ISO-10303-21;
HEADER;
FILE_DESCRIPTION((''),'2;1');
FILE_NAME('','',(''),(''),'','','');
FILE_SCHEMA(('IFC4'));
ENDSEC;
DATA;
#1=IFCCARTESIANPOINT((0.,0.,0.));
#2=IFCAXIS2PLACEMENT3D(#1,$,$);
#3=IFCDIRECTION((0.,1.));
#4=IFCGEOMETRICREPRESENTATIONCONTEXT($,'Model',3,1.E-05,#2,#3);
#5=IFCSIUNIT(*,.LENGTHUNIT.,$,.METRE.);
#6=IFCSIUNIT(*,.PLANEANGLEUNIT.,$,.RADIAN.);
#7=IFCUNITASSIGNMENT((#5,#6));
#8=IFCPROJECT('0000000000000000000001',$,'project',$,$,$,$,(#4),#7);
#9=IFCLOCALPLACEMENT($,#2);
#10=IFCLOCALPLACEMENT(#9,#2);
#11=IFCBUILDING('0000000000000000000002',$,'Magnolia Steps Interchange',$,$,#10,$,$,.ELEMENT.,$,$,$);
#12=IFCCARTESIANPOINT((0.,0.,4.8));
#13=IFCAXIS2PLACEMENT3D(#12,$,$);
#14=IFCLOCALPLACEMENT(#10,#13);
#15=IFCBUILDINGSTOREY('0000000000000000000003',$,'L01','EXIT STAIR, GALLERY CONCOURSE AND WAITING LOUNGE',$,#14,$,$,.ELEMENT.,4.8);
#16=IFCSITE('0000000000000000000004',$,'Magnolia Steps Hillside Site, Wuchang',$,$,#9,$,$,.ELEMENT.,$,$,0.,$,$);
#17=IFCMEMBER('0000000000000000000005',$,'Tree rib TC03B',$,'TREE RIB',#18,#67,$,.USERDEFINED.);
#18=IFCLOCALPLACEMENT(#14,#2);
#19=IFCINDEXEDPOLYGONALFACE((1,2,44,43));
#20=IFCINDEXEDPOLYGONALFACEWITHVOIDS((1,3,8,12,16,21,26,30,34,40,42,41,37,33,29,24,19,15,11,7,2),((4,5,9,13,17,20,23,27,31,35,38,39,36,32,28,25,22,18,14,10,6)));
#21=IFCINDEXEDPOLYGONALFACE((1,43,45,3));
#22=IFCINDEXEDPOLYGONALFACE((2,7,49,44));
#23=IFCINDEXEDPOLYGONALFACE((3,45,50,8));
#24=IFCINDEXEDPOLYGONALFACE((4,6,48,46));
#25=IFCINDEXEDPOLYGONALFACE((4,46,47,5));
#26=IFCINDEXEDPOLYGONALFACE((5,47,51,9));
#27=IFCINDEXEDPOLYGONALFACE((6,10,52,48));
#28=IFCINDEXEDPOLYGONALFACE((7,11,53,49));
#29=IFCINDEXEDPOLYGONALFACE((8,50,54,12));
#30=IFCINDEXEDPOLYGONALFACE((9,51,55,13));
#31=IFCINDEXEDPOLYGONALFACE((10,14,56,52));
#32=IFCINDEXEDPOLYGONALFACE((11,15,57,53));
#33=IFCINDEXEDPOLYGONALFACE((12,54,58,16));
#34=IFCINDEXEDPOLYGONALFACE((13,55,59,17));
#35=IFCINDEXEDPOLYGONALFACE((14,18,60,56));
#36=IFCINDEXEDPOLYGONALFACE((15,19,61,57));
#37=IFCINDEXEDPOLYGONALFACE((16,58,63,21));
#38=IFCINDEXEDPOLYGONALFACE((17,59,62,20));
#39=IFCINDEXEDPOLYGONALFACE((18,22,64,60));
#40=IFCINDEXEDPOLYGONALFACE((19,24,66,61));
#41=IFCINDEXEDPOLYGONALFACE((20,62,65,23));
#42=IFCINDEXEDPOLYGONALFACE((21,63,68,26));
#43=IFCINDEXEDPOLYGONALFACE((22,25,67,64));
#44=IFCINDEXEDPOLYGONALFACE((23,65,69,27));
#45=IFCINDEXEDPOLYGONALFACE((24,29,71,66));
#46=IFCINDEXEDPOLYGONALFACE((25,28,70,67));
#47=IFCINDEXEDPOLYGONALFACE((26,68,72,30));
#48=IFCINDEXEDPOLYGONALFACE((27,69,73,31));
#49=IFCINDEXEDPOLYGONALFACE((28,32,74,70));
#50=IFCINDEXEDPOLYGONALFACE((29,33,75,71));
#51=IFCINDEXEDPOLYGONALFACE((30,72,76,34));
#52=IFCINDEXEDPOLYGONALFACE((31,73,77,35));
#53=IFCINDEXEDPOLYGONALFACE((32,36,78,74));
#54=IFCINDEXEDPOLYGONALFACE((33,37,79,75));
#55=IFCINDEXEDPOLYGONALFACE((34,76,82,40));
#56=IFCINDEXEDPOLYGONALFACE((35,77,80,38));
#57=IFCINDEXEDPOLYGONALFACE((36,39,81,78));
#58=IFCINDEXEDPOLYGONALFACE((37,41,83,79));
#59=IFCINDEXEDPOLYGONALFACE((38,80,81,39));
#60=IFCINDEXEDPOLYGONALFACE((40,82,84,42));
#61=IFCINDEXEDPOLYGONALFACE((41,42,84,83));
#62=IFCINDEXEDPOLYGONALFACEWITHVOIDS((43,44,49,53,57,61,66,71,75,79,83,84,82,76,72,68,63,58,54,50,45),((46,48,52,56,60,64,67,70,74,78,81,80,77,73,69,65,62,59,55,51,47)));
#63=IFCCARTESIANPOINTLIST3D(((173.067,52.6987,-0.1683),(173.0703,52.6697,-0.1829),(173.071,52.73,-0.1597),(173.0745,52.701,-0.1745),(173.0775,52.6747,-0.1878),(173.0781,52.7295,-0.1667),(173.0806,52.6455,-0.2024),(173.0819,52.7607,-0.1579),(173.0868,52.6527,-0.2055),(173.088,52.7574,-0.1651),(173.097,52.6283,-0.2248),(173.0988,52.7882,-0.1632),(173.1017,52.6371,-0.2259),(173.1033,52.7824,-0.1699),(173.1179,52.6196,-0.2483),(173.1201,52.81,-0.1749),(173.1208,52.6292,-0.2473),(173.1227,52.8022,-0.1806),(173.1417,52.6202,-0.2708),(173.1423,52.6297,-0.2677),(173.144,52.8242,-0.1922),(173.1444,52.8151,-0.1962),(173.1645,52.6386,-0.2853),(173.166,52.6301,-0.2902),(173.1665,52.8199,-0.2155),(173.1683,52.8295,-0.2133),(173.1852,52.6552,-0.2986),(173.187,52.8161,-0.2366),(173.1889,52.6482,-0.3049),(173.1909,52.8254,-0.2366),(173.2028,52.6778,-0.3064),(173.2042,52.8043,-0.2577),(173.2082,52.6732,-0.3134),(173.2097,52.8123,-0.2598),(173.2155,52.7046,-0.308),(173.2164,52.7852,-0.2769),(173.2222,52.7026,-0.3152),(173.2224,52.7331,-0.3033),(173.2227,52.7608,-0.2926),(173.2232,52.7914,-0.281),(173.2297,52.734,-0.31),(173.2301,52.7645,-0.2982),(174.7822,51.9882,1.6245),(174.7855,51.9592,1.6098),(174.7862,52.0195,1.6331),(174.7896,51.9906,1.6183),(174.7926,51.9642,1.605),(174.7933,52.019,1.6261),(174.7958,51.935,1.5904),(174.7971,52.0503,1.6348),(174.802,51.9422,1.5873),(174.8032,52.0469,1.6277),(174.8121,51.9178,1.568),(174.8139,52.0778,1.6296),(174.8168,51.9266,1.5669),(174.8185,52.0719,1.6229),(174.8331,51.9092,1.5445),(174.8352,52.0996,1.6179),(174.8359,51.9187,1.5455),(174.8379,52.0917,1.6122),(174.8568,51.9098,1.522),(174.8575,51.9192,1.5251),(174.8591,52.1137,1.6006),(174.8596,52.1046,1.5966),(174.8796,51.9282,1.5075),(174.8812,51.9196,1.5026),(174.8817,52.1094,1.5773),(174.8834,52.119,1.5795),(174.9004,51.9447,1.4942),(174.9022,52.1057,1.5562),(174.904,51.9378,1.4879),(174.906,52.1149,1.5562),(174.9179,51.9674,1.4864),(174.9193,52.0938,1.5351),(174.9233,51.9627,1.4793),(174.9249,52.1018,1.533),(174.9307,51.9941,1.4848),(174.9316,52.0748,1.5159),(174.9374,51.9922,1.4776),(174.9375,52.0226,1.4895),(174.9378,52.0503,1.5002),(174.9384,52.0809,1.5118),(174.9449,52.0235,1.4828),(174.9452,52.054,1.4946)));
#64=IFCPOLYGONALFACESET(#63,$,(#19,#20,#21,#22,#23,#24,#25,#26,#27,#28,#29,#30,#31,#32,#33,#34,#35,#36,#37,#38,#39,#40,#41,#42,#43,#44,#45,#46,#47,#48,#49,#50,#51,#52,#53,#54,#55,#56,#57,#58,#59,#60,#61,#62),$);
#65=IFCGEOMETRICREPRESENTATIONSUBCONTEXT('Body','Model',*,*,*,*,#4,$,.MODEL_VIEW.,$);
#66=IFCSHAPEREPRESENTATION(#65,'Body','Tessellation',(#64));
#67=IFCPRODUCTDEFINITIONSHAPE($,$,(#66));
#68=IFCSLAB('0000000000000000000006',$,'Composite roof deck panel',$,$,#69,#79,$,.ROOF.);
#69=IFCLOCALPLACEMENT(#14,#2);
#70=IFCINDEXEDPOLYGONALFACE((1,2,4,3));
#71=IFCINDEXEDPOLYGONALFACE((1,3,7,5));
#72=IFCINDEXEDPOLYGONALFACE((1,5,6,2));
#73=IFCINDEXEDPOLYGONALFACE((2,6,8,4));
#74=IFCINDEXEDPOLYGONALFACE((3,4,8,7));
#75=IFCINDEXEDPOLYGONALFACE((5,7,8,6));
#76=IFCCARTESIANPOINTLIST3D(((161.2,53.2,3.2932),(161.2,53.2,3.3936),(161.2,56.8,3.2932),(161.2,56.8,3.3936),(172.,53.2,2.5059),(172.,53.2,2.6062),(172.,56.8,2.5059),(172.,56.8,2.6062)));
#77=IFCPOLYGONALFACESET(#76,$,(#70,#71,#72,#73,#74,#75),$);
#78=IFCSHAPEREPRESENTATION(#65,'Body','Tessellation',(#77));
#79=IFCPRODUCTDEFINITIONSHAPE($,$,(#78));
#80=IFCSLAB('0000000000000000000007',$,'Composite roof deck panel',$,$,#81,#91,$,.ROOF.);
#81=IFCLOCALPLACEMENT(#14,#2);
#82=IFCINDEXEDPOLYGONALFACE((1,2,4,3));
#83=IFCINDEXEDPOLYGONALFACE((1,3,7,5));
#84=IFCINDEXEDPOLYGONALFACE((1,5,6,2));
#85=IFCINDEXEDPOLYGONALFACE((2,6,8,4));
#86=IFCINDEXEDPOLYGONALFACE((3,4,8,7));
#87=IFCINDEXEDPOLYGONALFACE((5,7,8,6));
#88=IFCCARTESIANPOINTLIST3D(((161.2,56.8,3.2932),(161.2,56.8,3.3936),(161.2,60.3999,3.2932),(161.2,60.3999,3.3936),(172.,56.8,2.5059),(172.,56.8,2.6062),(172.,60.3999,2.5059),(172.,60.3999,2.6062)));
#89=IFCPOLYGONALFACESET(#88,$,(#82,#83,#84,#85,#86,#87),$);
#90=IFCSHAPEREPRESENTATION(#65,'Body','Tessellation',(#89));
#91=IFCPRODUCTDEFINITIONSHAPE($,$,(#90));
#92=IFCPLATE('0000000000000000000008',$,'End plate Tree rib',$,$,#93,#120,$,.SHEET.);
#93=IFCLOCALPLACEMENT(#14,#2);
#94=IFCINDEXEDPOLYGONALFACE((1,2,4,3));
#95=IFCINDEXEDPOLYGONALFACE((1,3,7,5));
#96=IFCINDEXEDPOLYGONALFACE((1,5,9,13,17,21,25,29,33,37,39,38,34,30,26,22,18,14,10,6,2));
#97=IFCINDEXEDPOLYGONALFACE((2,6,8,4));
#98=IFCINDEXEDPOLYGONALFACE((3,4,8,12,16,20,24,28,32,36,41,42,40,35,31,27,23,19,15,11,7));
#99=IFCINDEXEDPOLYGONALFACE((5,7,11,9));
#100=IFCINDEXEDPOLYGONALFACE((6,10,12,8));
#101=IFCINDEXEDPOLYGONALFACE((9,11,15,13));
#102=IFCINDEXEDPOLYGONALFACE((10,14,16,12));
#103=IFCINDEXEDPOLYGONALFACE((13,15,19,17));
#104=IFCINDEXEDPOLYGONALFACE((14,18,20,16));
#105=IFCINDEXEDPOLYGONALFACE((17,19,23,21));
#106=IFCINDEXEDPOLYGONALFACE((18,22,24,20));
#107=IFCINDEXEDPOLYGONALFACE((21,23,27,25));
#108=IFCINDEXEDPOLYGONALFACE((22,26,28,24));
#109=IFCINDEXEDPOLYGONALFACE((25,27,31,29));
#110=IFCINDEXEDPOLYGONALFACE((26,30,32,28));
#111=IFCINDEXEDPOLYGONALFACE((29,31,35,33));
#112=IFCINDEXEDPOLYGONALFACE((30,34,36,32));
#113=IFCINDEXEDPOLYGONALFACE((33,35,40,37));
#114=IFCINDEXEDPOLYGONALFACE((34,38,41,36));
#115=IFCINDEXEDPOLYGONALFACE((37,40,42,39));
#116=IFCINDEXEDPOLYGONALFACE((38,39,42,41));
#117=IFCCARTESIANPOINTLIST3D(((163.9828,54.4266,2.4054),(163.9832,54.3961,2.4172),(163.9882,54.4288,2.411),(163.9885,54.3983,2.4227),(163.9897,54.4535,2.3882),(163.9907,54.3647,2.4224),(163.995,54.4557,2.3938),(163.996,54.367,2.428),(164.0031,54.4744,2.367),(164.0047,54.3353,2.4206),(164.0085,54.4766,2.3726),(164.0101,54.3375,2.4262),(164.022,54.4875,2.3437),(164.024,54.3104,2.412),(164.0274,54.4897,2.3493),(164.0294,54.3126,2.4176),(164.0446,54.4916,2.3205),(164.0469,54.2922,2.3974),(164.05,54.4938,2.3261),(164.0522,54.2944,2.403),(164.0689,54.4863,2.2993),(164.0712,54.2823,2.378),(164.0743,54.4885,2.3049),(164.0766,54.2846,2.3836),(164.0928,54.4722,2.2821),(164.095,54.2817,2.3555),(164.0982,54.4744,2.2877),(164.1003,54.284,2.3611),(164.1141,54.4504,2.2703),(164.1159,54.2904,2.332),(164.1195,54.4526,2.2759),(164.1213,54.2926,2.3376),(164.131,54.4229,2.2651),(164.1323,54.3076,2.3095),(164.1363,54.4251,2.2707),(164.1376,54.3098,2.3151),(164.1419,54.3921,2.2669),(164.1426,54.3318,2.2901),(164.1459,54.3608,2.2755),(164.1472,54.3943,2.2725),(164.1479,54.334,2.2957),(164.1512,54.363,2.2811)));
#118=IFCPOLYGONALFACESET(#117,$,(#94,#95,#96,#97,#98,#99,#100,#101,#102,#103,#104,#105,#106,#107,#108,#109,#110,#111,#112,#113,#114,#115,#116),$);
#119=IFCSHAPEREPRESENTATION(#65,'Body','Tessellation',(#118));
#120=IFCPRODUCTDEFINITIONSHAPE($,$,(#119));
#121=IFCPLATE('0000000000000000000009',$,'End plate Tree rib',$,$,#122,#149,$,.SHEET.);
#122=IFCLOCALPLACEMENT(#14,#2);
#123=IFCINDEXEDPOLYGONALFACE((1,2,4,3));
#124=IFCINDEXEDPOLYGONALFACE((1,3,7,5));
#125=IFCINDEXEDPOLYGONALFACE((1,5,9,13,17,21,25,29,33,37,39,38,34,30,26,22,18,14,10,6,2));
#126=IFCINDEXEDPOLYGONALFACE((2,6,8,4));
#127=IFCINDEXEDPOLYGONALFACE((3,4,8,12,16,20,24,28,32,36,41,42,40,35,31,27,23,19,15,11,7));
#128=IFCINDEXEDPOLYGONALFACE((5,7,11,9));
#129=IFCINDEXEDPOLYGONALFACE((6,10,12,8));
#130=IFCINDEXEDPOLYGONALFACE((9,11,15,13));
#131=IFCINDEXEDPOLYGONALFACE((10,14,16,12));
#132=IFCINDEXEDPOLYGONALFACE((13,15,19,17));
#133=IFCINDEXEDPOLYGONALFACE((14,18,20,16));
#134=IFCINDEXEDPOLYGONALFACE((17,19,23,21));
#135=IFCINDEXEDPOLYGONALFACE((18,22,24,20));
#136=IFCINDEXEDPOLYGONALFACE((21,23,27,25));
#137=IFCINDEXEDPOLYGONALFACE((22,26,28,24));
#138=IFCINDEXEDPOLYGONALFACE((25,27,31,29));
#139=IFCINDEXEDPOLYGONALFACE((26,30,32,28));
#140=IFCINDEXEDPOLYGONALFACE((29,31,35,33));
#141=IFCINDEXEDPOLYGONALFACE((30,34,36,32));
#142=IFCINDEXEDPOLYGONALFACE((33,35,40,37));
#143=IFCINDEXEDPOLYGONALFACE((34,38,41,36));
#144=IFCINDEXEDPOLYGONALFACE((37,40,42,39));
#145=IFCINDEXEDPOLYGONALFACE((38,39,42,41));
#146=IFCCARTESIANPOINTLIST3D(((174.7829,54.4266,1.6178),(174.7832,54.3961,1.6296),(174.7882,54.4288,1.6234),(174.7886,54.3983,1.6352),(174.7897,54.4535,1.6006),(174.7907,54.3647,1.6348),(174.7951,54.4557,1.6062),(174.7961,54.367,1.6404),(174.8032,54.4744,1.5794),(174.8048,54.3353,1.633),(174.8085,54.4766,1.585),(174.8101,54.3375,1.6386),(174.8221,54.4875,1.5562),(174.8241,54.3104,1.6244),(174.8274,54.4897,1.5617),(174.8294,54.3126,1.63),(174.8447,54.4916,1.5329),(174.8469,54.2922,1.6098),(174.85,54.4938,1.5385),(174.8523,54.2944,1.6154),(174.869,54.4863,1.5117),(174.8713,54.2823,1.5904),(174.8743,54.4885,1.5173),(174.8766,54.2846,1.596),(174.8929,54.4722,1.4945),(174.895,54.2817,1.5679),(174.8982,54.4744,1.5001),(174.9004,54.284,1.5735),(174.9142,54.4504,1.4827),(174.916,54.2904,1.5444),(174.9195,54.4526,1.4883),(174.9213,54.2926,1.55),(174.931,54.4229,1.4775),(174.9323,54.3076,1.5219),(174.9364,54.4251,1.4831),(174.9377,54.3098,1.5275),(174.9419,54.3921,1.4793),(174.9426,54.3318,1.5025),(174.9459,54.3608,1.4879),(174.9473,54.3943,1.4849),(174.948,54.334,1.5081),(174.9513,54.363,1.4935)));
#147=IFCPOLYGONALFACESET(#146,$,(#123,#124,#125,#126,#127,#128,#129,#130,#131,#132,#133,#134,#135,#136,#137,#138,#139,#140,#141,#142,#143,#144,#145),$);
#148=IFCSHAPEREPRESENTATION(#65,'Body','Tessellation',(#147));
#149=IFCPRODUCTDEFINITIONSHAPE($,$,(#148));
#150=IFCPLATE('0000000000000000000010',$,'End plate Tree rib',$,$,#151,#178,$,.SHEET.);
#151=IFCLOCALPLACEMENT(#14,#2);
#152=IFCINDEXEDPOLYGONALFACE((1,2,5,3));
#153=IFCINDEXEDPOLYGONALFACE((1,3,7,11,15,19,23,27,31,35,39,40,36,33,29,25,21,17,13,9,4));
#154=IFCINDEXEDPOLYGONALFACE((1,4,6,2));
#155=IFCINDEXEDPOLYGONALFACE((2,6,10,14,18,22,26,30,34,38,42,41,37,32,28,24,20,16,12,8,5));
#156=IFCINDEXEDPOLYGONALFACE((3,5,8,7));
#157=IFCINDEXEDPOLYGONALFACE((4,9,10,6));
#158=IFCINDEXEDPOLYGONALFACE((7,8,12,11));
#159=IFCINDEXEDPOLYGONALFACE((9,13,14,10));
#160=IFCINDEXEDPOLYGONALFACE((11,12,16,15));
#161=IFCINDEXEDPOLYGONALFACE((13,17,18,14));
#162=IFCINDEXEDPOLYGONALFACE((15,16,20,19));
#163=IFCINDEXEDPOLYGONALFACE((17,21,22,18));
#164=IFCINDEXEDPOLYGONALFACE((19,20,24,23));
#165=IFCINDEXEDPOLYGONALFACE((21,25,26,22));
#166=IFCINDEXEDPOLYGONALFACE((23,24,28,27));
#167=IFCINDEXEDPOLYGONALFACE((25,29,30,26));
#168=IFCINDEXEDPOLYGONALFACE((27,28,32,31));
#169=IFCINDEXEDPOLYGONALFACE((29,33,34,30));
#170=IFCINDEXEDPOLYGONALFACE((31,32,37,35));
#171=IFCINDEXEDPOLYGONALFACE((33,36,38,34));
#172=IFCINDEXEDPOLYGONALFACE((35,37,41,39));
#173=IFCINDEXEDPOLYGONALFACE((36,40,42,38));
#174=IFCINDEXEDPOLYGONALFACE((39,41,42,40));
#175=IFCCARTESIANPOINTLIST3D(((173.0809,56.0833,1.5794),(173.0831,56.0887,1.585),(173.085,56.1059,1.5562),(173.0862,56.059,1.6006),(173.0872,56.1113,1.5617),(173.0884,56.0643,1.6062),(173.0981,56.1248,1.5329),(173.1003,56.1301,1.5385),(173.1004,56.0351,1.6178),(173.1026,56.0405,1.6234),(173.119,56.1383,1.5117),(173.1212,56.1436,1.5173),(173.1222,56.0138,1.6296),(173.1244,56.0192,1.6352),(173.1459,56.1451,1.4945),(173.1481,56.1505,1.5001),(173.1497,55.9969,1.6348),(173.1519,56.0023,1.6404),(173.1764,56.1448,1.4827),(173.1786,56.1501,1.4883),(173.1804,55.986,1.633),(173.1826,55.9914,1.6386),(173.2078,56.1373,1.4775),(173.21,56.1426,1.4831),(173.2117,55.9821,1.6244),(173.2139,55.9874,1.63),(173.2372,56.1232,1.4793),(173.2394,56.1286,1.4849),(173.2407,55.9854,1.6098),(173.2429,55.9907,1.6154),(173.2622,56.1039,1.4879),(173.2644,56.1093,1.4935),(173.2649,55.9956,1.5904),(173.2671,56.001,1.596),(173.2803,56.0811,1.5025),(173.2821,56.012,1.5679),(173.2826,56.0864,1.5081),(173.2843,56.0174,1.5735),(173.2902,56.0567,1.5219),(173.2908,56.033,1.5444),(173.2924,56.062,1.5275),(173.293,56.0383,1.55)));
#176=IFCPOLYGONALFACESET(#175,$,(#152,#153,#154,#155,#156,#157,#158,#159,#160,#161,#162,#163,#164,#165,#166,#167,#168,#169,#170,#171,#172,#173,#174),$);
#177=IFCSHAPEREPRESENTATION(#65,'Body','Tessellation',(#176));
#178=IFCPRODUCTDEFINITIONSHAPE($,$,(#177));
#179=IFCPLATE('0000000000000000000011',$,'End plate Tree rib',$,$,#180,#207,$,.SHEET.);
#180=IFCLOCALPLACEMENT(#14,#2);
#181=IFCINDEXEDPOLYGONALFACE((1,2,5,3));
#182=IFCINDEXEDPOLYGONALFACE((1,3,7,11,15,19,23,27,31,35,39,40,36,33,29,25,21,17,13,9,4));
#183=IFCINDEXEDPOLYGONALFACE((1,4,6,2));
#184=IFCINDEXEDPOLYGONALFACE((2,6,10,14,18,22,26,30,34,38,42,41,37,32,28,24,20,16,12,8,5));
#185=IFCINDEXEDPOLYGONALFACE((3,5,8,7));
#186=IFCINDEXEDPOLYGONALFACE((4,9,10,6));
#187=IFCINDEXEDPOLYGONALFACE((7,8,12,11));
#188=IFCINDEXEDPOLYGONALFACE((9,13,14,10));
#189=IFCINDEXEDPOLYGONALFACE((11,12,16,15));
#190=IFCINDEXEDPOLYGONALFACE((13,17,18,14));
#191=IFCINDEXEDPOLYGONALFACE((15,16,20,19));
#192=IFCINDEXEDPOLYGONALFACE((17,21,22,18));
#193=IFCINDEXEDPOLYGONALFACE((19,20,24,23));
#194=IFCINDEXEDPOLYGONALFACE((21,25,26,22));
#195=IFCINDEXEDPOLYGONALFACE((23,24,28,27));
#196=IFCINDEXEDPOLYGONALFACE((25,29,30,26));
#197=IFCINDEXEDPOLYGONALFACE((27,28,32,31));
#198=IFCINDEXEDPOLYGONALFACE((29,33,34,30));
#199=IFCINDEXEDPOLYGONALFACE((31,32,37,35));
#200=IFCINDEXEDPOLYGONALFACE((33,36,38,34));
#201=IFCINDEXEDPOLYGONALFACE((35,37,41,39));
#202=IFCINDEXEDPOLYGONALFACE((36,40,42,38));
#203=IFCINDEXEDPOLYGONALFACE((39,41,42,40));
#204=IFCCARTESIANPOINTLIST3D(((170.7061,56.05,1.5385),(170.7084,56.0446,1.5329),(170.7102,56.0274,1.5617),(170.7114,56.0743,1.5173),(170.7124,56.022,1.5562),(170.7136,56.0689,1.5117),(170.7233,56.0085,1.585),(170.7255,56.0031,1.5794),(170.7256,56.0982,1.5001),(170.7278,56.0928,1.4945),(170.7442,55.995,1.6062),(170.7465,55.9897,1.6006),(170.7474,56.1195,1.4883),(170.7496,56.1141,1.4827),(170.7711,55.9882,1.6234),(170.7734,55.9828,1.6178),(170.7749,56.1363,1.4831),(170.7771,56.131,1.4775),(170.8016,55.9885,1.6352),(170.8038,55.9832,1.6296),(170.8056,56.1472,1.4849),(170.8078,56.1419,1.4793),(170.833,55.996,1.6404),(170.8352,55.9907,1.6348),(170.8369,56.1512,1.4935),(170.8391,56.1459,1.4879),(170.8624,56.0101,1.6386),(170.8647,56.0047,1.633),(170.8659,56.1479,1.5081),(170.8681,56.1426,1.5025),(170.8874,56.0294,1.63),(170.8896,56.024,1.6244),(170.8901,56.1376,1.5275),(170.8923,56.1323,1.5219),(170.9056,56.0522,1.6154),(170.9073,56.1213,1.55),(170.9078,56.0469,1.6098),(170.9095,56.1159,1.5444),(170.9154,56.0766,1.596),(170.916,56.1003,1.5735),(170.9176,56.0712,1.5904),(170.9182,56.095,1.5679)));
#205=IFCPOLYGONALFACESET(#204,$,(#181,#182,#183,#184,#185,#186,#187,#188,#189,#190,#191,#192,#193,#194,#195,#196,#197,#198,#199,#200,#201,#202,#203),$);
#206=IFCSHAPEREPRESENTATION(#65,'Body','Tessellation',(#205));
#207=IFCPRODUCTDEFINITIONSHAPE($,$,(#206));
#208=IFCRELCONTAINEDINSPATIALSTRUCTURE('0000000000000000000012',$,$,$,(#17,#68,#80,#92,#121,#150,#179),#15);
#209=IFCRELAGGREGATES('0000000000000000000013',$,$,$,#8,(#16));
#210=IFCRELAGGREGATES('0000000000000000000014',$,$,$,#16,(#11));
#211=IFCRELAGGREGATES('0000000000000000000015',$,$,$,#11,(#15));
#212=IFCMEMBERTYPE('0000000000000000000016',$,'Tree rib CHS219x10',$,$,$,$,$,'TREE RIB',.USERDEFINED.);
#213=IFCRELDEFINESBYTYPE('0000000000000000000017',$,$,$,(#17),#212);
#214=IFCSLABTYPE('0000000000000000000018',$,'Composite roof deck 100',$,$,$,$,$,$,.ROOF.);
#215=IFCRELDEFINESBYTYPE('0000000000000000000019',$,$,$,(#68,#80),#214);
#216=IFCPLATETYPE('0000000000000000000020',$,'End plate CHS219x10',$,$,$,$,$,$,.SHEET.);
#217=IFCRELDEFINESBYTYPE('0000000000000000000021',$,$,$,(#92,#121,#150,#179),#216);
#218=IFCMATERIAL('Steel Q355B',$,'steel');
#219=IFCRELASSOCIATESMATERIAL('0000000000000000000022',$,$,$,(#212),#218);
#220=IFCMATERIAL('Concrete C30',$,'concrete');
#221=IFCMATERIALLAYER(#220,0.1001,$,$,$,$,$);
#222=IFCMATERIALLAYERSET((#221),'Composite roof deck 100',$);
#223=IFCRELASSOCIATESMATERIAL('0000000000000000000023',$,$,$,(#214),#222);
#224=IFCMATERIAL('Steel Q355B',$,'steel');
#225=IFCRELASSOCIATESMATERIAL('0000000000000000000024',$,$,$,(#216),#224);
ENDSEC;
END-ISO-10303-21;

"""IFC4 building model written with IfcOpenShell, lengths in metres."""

from ifc_helpers import new_model, si_unit, direction, frame, origin, origin_2d, place, context, subcontext, project, spatial, polyline, circle, hollow_circle, outline, extrude, material, layer, layer_set, material_profile, profile_set, type_object, element, save


model = new_model("IFC4")

# Units and contexts
model_context = context("Model", 3, precision=1e-05, world=origin(), true_north=direction((0.0, 1.0)))
body_context = subcontext(model_context, "Body", "Model", "MODEL_VIEW")
ifc_project = project(units=[si_unit("LENGTHUNIT", "METRE"), si_unit("PLANEANGLEUNIT", "RADIAN")], contexts=[model_context])

# Site, building, storey
site_placement = place(None, origin())
site = spatial("IfcSite", under=ifc_project, at=site_placement, Name="Magnolia Steps Hillside Site, Wuchang", CompositionType="ELEMENT", RefElevation=0.0)
building_placement = place(site_placement, origin())
building = spatial("IfcBuilding", under=site, at=building_placement, Name="Magnolia Steps Interchange", CompositionType="ELEMENT")
storey_placement = place(building_placement, frame((0.0, 0.0, 4.8)))
storey = spatial("IfcBuildingStorey", under=building, at=storey_placement, Name="L01", Description="EXIT STAIR, GALLERY CONCOURSE AND WAITING LOUNGE", CompositionType="ELEMENT", Elevation=4.8)

# Member
ifc_material_1 = material(Name="Steel Q355B", Category="steel")
ifc_material_profile_1 = material_profile(ifc_material_1, hollow_circle(Radius=0.1096, WallThickness=0.01, at=origin_2d()), Name="CHS219x10")
ifc_profile_set_1 = profile_set([ifc_material_profile_1], Name="Steel Q355B")
member_type = type_object("IfcMemberType", Name="Tree rib CHS219x10", ElementType="TREE RIB", PredefinedType="USERDEFINED", material=ifc_profile_set_1)
for number, where, z_axis, x_axis, name in (
    (1, (173.1489, 52.7241, -0.2366), (0.664577, -0.275291, 0.69466), (0.3827, 0.923873, 0.0), "Tree rib TC03B"),
):
    element("IfcMember", number, at=place(storey_placement, frame(where, z_axis=z_axis, x_axis=x_axis)), inside=storey, type_object=member_type, Name=name, ObjectType="TREE RIB", PredefinedType="USERDEFINED", context=body_context, shape_type="SweptSolid", body=[
        extrude(hollow_circle(Radius=0.1096, WallThickness=0.01, at=origin_2d()), origin(), (0.0, 0.0, 1.0), 2.5808),
    ])

# Slabs
ifc_material_2 = material(Name="Concrete C30", Category="concrete")
ifc_layer = layer(ifc_material_2, 0.1001)
ifc_layer_set = layer_set([ifc_layer], Name="Composite roof deck 100")
slab_type = type_object("IfcSlabType", Name="Composite roof deck 100", PredefinedType="ROOF", material=ifc_layer_set)
slab_1_placement = place(storey_placement, frame((172.0, 53.2, 2.6062), z_axis=(0.07271, 0.0, 0.997353), x_axis=(0.0, 1.0, 0.0)))
element("IfcSlab", 2, at=slab_1_placement, inside=storey, type_object=slab_type, Name="Composite roof deck panel", PredefinedType="ROOF", context=body_context, shape_type="SweptSolid", body=[
    extrude(outline(polyline([(0.0, 0.0), (3.6001, 0.0), (3.6001, 10.8287), (0.0, 10.8287), (0.0, 0.0)])), origin(), (0.0, -0.07271, -0.997353), 0.1003),
])
slab_2_placement = place(storey_placement, frame((172.0, 56.8, 2.6062), z_axis=(0.07271, 0.0, 0.997353), x_axis=(0.0, 1.0, 0.0)))
element("IfcSlab", 3, at=slab_2_placement, inside=storey, type_object=slab_type, Name="Composite roof deck panel", PredefinedType="ROOF", context=body_context, shape_type="SweptSolid", body=[
    extrude(outline(polyline([(0.0, 0.0), (3.5999, 0.0), (3.5999, 10.8287), (0.0, 10.8287), (0.0, 0.0)])), origin(), (0.0, -0.07271, -0.997353), 0.1003),
])

# Plates
ifc_material_3 = material(Name="Steel Q355B", Category="steel")
ifc_material_profile_2 = material_profile(ifc_material_3, circle(Radius=0.1096, at=origin_2d()), Name="End plate CHS219x10")
ifc_profile_set_2 = profile_set([ifc_material_profile_2], Name="Steel Q355B")
plate_type = type_object("IfcPlateType", Name="End plate CHS219x10", PredefinedType="SHEET", material=ifc_profile_set_2)
for number, where, z_axis, x_axis, name in (
    (4, (164.064, 54.3862, 2.3438), (0.664583, 0.275279, 0.694658), (-0.382683, 0.92388, 0.0), "End plate Tree rib"),
    (5, (174.864, 54.3862, 1.5562), (0.664583, 0.275279, 0.694658), (-0.382683, 0.92388, 0.0), "End plate Tree rib"),
    (6, (173.1863, 56.064, 1.5562), (0.275279, 0.664583, 0.694658), (-0.92388, 0.382683, 0.0), "End plate Tree rib"),
    (7, (170.8137, 56.064, 1.5562), (-0.275279, 0.664583, 0.694658), (-0.92388, -0.382683, 0.0), "End plate Tree rib"),
):
    element("IfcPlate", number, at=place(storey_placement, frame(where, z_axis=z_axis, x_axis=x_axis)), inside=storey, type_object=plate_type, Name=name, PredefinedType="SHEET", context=body_context, shape_type="SweptSolid", body=[
        extrude(circle(Radius=0.1096, at=origin_2d()), origin(), (0.0, 0.0, 1.0), 0.0081),
    ])

save(model, "model.ifc")
